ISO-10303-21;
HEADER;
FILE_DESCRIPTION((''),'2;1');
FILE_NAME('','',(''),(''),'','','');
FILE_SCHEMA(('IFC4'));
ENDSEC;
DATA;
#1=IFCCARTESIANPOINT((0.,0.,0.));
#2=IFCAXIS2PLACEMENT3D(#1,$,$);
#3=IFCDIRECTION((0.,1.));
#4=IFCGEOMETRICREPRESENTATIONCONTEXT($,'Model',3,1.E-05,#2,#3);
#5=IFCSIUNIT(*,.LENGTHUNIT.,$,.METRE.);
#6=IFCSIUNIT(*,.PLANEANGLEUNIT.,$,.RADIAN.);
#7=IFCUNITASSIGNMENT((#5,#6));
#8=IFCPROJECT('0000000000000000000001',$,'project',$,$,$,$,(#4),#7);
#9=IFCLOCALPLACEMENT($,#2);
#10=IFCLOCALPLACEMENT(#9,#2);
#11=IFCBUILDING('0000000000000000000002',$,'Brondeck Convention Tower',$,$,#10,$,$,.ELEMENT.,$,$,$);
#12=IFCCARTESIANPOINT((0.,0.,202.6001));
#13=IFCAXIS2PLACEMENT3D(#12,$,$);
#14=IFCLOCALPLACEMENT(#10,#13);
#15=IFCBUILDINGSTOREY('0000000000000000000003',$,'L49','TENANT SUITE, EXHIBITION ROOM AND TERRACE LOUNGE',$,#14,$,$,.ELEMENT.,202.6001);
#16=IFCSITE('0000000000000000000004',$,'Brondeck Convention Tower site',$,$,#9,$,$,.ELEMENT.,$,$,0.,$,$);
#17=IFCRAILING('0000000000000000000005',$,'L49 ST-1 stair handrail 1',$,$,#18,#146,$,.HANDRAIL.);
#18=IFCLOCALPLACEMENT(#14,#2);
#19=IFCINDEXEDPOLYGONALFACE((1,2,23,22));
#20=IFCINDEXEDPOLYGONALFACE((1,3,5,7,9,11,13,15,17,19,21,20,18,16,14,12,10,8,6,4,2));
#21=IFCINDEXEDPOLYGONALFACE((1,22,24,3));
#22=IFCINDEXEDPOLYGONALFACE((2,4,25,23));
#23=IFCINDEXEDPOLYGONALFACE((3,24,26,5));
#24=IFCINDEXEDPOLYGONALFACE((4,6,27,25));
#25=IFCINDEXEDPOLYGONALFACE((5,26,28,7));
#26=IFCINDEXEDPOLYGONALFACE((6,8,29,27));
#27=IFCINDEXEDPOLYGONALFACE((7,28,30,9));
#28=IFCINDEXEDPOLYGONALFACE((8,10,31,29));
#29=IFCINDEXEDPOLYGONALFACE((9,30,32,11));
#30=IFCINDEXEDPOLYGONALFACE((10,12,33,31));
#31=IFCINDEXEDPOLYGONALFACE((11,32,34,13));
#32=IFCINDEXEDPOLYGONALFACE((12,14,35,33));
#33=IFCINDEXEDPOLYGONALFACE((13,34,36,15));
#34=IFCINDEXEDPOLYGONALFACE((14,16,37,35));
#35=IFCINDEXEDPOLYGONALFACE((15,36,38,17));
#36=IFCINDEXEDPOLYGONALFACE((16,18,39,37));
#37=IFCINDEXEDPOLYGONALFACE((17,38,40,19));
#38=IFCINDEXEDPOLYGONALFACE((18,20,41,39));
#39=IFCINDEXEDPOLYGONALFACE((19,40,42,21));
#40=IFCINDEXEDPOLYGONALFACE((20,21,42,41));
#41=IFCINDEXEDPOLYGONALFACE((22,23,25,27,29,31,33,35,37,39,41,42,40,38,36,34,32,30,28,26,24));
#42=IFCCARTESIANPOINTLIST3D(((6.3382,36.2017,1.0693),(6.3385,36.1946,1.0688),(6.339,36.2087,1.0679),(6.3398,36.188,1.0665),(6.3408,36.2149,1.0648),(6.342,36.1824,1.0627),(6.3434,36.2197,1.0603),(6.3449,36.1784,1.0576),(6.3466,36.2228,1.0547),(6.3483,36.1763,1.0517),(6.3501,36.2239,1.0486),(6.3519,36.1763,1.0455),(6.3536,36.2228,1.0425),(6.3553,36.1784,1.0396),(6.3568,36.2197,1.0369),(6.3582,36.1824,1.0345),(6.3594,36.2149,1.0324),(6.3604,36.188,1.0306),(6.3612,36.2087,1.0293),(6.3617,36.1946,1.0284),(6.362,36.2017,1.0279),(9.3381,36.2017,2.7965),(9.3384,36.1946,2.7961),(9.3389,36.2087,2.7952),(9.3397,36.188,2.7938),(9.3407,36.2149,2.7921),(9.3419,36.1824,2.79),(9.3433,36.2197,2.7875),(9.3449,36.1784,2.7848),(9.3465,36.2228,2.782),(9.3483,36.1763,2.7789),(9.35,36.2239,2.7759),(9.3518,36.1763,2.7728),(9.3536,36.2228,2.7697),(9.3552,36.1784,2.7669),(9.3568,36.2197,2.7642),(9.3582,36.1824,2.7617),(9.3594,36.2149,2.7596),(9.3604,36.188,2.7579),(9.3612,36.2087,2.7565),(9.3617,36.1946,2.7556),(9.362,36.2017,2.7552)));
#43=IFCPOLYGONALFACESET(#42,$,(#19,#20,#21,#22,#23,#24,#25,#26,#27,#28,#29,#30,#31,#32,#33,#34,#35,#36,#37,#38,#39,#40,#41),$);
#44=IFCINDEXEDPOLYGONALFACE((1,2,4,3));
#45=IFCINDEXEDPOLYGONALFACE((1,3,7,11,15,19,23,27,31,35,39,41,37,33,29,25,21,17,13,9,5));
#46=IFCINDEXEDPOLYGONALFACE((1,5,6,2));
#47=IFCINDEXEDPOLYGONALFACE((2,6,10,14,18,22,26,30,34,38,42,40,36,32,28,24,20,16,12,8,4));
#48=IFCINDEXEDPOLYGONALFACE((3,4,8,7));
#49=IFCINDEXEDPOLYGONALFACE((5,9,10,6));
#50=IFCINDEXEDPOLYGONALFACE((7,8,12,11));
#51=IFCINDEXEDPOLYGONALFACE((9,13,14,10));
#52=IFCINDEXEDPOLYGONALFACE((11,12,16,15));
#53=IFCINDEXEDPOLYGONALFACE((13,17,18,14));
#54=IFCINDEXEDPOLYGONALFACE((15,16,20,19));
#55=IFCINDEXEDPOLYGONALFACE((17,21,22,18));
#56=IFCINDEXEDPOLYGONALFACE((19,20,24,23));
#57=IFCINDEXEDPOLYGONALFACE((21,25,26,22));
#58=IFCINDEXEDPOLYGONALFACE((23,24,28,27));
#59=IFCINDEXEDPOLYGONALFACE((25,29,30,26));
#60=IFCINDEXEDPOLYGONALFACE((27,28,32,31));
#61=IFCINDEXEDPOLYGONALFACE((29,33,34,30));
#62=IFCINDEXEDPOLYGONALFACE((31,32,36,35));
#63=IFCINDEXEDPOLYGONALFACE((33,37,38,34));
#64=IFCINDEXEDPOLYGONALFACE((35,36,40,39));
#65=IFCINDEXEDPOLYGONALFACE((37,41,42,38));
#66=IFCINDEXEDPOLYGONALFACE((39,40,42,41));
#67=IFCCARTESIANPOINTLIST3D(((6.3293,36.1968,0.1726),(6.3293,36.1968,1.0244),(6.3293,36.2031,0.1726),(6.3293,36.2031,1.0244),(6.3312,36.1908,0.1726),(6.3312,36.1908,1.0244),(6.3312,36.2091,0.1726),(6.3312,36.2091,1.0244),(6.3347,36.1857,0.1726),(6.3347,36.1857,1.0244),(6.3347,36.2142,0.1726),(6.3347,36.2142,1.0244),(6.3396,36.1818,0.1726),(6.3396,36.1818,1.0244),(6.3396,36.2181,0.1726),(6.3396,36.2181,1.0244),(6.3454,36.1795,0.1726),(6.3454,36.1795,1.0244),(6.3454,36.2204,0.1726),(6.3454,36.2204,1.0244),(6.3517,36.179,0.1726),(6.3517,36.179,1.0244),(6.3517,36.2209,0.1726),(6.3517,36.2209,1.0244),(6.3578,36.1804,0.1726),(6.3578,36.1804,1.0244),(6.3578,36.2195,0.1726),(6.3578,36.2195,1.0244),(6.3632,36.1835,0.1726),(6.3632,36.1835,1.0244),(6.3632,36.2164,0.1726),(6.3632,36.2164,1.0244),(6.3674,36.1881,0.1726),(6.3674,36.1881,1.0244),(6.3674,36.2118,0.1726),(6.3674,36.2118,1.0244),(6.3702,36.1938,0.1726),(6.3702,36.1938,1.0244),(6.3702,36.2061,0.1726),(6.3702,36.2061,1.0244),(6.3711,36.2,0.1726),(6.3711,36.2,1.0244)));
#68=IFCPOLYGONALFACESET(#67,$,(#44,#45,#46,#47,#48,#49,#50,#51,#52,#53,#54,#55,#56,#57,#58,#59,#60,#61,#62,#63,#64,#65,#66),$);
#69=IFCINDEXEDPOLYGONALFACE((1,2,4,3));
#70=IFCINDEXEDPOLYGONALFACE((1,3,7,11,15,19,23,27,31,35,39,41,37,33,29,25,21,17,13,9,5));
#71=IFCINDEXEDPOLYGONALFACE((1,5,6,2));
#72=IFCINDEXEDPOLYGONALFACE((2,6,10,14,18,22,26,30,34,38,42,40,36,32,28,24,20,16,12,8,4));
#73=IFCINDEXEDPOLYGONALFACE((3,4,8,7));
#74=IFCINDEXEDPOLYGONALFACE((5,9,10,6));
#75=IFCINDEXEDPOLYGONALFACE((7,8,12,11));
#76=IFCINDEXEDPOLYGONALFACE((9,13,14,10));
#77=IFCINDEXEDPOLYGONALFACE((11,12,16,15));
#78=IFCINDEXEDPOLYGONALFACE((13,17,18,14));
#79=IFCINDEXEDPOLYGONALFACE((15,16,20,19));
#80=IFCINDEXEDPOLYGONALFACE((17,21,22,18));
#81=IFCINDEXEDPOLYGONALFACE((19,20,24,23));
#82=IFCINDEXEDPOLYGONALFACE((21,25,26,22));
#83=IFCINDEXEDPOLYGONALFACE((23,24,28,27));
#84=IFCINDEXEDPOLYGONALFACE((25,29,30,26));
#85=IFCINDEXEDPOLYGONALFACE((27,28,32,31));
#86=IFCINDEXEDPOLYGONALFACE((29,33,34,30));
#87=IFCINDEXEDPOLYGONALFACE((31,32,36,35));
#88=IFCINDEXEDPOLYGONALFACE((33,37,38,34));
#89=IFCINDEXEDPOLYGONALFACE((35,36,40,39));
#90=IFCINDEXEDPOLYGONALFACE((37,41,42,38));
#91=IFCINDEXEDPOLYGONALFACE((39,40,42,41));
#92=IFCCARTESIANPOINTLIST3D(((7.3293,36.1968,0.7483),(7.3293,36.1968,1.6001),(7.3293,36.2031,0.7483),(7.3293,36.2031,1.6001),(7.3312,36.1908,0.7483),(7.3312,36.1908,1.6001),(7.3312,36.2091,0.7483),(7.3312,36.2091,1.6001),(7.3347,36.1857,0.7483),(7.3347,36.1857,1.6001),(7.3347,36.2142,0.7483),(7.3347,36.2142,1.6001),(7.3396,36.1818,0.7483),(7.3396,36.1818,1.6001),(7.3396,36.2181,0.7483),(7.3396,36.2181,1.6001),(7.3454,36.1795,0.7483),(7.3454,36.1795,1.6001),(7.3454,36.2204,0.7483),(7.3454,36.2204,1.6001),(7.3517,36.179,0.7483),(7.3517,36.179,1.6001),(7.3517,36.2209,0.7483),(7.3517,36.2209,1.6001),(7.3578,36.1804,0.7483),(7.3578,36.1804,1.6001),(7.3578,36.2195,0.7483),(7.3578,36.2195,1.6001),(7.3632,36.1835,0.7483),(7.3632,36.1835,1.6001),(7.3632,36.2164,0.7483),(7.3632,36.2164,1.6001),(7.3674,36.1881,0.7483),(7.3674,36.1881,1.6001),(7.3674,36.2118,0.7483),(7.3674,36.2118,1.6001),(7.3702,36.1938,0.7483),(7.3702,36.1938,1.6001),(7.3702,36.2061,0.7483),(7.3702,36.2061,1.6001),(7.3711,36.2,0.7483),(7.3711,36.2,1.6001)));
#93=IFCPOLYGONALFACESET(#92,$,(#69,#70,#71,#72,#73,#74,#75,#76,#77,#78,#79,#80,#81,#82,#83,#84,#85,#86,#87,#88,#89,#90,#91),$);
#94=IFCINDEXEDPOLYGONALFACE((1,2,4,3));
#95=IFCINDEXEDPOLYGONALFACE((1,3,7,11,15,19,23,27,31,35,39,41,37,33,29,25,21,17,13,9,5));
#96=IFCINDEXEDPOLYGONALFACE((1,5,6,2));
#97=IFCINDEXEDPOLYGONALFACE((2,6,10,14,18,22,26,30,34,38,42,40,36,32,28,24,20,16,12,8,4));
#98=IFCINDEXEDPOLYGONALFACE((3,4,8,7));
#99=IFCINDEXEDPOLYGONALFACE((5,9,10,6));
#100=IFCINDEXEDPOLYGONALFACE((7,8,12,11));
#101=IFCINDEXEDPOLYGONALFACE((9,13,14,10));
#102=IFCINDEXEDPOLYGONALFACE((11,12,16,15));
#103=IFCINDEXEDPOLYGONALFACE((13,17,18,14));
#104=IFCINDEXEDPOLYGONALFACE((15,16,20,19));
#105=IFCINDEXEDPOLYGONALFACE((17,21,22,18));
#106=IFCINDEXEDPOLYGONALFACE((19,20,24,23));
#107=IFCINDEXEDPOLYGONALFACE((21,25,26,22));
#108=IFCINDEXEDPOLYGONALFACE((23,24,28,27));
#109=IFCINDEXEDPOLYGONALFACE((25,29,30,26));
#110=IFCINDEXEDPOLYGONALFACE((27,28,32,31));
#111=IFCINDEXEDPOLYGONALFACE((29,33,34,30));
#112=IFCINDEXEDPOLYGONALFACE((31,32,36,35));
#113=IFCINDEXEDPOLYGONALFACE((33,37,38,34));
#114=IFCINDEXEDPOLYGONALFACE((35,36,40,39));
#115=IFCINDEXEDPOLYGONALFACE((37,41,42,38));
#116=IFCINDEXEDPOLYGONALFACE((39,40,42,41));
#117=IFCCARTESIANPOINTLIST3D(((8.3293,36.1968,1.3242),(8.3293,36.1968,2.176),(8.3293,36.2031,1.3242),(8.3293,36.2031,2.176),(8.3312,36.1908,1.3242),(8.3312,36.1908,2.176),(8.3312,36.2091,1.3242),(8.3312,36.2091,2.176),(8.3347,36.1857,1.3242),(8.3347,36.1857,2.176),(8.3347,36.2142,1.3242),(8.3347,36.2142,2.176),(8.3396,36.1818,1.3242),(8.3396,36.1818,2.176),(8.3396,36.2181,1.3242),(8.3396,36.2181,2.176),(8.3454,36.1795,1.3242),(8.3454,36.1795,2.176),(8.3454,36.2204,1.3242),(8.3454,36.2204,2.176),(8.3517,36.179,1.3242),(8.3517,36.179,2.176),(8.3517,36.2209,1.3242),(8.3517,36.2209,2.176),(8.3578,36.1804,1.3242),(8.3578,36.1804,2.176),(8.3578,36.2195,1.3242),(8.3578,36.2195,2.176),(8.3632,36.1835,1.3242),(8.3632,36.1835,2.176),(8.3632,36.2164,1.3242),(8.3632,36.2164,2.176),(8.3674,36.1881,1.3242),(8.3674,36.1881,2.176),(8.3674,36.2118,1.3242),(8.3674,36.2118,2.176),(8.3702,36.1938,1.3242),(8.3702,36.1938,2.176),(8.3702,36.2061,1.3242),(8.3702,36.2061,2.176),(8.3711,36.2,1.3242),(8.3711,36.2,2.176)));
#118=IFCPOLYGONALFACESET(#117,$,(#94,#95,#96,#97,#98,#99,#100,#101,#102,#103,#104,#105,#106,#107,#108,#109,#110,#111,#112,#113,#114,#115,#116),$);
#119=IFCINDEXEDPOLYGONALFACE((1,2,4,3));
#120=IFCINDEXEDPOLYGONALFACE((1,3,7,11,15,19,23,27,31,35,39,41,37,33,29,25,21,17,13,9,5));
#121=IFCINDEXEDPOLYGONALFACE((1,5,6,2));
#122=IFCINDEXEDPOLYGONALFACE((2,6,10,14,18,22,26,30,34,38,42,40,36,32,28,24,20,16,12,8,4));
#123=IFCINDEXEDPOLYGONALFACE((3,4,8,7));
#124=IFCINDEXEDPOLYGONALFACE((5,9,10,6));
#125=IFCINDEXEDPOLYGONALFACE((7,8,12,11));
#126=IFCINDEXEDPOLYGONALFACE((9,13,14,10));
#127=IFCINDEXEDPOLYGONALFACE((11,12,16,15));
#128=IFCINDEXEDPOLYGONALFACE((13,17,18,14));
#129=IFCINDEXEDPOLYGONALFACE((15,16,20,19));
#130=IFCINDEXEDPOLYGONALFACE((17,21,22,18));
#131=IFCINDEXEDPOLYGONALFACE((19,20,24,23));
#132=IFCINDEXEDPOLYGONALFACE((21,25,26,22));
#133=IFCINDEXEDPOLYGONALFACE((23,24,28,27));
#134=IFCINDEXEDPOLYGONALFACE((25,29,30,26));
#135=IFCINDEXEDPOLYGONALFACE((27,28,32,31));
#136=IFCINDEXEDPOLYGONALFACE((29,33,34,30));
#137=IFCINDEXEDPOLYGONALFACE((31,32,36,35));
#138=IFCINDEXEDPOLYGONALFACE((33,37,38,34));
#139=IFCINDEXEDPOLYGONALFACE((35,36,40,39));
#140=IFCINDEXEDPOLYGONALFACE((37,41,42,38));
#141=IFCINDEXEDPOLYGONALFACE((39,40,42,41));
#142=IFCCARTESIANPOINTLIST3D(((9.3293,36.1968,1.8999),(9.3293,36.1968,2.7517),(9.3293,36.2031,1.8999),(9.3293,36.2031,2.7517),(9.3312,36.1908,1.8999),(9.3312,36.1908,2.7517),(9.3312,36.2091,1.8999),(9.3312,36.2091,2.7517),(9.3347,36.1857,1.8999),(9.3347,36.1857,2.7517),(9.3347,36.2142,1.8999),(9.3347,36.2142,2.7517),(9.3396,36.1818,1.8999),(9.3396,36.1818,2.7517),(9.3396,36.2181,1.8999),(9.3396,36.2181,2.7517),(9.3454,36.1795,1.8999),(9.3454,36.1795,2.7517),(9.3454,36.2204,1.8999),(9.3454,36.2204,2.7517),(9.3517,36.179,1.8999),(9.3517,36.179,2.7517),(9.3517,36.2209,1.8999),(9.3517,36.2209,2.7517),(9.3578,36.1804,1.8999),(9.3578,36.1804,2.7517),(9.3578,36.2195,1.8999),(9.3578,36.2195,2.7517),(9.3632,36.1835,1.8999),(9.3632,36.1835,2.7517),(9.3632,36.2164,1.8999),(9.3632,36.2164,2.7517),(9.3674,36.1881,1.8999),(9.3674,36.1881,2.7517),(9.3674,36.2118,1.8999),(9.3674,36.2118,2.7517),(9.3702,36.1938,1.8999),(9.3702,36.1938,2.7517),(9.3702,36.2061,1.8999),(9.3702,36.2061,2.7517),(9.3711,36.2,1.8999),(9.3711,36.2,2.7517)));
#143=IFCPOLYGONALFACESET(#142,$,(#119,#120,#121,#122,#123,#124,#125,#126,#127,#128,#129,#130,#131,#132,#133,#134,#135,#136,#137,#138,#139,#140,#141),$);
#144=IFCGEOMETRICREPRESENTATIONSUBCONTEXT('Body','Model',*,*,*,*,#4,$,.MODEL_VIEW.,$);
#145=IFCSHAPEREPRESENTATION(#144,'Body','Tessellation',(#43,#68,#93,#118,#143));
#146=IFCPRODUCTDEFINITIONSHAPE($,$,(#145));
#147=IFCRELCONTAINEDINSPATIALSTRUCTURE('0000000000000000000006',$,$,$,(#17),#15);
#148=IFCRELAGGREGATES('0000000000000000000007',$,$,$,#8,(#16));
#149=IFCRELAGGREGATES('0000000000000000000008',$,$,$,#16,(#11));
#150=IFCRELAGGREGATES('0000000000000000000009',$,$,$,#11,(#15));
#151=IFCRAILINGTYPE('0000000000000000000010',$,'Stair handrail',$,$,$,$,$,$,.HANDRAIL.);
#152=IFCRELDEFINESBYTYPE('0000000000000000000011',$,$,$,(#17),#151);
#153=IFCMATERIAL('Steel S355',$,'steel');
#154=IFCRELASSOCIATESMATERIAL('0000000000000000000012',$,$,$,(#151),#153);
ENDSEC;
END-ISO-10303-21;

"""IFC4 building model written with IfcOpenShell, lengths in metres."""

from ifc_helpers import new_model, si_unit, direction, frame, origin, origin_2d, place, context, subcontext, project, spatial, circle, extrude, material, type_object, element, save


model = new_model("IFC4")

# Units and contexts
model_context = context("Model", 3, precision=1e-05, world=origin(), true_north=direction((0.0, 1.0)))
body_context = subcontext(model_context, "Body", "Model", "MODEL_VIEW")
ifc_project = project(units=[si_unit("LENGTHUNIT", "METRE"), si_unit("PLANEANGLEUNIT", "RADIAN")], contexts=[model_context])

# Site, building, storey
site_placement = place(None, origin())
site = spatial("IfcSite", under=ifc_project, at=site_placement, Name="Brondeck Convention Tower site", CompositionType="ELEMENT", RefElevation=0.0)
building_placement = place(site_placement, origin())
building = spatial("IfcBuilding", under=site, at=building_placement, Name="Brondeck Convention Tower", CompositionType="ELEMENT")
storey_placement = place(building_placement, frame((0.0, 0.0, 202.6001)))
storey = spatial("IfcBuildingStorey", under=building, at=storey_placement, Name="L49", Description="TENANT SUITE, EXHIBITION ROOM AND TERRACE LOUNGE", CompositionType="ELEMENT", Elevation=202.6001)

# Shared definitions
ifc_material_1 = material(Name="Steel S355", Category="steel")

# Railing
railing_type_1 = type_object("IfcRailingType", Name="Stair handrail", PredefinedType="HANDRAIL", material=ifc_material_1)
railing_1_placement = place(storey_placement, frame((6.3501, 36.2, 0.1726)))
element("IfcRailing", 1, at=railing_1_placement, inside=storey, type_object=railing_type_1, Name="L49 ST-1 stair handrail 1", PredefinedType="HANDRAIL", context=body_context, shape_type="SweptSolid", body=[
    extrude(circle(Radius=0.0239, at=origin_2d()), frame((0.0, 0.0, 0.876), z_axis=(0.86662, 0.0, 0.498969), x_axis=(0.0, 1.0, 0.0)), (0.0, 0.0, 1.0), 3.4617),
    extrude(circle(Radius=0.021, at=origin_2d()), origin(), (0.0, 0.0, 1.0), 0.8518),
    extrude(circle(Radius=0.021, at=origin_2d()), frame((1.0, 0.0, 0.5757)), (0.0, 0.0, 1.0), 0.8518),
    extrude(circle(Radius=0.021, at=origin_2d()), frame((2.0, 0.0, 1.1516)), (0.0, 0.0, 1.0), 0.8518),
    extrude(circle(Radius=0.021, at=origin_2d()), frame((3.0, 0.0, 1.7273)), (0.0, 0.0, 1.0), 0.8518),
])

save(model, "model.ifc")
